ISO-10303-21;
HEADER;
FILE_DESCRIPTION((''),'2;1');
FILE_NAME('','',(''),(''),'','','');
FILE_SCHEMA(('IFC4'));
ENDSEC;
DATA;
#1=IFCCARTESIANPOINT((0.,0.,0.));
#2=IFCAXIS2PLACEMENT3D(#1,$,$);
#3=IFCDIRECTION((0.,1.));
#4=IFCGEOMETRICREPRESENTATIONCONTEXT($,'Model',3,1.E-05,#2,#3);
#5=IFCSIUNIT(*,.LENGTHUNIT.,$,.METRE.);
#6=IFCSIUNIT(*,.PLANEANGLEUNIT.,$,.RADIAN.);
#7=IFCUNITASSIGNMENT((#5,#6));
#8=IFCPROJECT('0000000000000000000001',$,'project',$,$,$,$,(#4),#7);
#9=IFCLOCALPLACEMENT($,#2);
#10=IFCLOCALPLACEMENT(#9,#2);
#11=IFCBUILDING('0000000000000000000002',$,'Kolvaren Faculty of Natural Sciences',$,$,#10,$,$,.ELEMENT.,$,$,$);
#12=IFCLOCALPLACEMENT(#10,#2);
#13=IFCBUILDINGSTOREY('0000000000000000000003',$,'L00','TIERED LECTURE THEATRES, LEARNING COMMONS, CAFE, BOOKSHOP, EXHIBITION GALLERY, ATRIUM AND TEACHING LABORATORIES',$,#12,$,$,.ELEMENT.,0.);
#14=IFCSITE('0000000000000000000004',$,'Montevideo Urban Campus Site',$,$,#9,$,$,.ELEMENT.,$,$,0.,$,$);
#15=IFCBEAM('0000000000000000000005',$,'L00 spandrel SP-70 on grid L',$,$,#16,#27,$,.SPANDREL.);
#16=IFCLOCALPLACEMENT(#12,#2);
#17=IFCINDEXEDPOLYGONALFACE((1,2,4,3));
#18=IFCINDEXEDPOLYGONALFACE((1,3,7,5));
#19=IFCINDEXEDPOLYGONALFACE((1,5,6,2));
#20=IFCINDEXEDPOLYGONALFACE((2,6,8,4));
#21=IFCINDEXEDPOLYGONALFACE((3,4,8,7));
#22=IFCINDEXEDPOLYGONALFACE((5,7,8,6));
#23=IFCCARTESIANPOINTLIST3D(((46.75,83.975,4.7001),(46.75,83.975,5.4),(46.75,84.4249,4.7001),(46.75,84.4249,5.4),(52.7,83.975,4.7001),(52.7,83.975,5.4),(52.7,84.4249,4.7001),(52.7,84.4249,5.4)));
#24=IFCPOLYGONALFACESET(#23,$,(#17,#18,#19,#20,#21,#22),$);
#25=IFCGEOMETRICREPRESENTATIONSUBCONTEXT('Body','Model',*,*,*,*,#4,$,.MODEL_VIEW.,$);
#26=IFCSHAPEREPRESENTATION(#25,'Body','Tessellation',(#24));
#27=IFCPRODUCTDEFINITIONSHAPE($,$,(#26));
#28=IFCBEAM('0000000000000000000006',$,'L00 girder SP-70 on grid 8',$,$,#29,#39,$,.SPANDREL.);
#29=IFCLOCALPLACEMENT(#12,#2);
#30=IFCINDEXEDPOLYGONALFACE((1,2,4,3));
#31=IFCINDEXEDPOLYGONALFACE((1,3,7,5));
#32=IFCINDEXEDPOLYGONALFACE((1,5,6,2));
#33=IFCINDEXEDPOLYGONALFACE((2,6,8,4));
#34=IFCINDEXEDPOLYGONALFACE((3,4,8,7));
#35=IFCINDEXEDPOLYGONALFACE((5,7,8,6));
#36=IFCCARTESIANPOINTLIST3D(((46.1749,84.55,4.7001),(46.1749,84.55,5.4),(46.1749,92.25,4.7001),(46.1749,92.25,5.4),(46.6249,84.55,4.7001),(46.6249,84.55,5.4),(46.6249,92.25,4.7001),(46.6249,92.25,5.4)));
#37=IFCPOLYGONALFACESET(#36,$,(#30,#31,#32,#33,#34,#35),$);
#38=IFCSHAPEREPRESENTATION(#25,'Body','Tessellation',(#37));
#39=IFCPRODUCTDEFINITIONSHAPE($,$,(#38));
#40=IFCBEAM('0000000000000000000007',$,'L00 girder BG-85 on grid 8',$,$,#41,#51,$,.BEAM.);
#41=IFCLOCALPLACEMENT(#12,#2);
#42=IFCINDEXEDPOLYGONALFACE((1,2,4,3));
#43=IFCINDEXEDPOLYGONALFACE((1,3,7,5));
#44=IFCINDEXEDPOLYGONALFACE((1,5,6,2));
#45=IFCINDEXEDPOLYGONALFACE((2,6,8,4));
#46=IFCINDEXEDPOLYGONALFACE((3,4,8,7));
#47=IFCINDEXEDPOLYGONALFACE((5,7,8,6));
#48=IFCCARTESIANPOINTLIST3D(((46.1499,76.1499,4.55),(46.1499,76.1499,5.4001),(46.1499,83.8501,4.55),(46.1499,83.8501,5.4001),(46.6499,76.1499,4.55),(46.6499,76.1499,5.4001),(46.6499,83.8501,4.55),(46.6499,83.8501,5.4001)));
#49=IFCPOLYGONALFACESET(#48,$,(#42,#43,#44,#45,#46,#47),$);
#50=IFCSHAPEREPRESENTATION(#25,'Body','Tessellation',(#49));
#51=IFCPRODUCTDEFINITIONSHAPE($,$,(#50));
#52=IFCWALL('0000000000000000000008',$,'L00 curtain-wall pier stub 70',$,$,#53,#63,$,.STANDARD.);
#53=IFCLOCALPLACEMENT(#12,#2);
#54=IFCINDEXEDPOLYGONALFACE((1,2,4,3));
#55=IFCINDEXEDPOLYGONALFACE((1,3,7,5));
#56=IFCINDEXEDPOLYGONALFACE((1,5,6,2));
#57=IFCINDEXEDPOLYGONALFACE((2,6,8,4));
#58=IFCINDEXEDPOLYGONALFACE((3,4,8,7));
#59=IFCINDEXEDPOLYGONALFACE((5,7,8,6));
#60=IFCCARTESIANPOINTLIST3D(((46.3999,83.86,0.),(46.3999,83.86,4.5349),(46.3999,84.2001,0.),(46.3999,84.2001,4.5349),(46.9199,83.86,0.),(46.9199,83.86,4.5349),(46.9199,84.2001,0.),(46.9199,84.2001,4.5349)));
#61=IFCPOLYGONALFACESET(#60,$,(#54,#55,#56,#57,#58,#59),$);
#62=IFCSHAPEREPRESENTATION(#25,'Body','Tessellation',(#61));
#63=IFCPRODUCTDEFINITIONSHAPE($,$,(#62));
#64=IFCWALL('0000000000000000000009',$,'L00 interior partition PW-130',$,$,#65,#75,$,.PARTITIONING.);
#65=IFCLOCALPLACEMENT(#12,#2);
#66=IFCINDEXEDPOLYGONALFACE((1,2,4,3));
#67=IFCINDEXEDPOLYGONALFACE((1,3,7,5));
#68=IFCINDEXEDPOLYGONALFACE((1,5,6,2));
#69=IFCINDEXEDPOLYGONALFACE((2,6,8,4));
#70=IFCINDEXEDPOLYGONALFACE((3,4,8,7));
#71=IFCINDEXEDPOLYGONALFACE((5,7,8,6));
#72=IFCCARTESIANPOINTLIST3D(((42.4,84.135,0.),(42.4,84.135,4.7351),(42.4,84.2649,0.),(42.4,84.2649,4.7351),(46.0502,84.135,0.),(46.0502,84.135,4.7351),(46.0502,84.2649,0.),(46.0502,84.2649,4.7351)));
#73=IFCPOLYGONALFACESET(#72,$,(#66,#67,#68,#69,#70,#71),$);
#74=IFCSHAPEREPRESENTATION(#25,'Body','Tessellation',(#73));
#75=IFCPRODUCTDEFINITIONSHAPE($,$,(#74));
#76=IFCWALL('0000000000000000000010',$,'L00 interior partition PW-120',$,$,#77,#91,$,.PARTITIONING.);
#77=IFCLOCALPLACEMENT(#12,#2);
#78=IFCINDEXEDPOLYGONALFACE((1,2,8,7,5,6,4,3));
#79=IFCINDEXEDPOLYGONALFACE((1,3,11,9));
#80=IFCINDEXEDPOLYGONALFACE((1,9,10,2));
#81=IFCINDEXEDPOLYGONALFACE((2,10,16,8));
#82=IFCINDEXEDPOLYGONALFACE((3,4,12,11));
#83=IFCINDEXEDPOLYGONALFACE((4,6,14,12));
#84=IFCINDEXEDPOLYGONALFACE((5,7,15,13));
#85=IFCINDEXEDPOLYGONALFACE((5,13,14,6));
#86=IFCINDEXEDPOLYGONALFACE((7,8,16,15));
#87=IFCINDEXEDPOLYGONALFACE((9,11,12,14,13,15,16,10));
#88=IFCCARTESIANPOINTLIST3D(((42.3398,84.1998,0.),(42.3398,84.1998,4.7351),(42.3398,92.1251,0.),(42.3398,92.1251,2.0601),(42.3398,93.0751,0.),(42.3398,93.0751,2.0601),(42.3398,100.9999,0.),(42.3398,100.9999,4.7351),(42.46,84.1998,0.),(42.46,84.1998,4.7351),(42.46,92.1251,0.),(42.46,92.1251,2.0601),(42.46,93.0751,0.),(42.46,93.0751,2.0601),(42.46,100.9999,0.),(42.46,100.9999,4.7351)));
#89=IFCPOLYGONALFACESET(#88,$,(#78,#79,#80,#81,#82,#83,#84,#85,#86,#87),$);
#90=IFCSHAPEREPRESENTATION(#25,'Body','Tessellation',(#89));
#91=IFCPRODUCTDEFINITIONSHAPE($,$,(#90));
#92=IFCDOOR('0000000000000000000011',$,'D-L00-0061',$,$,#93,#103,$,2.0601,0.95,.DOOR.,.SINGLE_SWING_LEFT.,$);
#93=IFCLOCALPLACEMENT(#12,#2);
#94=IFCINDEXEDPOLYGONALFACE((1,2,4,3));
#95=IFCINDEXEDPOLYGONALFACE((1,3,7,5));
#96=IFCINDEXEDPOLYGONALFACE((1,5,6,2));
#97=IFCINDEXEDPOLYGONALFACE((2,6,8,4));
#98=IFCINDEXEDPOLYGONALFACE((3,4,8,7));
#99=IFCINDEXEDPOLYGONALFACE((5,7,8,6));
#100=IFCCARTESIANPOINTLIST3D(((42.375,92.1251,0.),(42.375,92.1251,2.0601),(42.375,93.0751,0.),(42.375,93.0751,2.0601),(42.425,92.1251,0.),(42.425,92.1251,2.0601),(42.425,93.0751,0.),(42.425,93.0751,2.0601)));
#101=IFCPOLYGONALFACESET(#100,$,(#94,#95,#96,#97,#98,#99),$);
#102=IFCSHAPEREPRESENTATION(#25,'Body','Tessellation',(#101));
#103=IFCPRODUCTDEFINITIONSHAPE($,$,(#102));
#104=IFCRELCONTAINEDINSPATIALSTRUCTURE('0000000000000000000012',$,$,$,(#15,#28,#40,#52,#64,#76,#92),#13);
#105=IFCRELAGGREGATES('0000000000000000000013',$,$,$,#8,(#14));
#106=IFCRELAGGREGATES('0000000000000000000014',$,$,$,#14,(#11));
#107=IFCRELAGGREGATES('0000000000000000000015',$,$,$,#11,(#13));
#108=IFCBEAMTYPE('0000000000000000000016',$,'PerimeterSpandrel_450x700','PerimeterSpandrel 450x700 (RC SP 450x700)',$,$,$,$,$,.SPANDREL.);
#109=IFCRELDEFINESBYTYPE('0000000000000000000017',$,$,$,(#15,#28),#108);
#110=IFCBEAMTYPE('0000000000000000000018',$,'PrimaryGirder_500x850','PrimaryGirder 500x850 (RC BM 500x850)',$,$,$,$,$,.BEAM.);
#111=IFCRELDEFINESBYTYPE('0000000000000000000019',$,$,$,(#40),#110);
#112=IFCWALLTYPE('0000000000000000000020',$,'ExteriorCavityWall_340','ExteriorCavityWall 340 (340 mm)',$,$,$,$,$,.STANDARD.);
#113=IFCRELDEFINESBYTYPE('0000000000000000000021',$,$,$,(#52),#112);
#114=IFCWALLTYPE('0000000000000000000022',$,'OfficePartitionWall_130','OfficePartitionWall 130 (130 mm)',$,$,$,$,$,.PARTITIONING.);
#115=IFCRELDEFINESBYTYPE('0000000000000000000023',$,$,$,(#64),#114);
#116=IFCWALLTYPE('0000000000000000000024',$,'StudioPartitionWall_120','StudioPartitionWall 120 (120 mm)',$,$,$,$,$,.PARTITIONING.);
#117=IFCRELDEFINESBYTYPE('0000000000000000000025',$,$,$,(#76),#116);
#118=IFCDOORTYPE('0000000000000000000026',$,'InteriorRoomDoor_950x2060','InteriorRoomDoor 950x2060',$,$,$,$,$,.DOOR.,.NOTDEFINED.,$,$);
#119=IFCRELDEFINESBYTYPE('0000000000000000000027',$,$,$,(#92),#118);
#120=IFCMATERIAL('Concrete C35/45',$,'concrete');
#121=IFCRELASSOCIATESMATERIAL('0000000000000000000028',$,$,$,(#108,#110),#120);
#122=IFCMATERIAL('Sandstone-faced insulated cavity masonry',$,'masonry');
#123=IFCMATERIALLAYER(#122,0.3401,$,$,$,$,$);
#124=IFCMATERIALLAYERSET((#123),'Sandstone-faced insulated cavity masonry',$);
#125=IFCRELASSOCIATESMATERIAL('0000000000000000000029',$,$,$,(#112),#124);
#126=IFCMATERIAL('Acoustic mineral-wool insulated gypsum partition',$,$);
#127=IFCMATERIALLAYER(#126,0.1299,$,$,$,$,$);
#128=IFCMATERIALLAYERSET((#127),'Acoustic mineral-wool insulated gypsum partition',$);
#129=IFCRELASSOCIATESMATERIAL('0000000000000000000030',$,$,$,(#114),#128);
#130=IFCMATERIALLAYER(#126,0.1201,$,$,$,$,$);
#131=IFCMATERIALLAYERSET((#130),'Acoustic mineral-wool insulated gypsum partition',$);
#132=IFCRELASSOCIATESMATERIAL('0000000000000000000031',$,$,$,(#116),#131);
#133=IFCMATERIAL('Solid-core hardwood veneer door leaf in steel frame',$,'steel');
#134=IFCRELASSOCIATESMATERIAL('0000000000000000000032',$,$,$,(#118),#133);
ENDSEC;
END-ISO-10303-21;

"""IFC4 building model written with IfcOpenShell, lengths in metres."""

from ifc_helpers import new_model, si_unit, direction, frame, frame_2d, origin, origin_2d, place, context, subcontext, project, spatial, rectangle, extrude, material, layer, layer_set, material_profile, profile_set, type_object, element, fill, save


model = new_model("IFC4")

# Units and contexts
model_context = context("Model", 3, precision=1e-05, world=origin(), true_north=direction((0.0, 1.0)))
body_context = subcontext(model_context, "Body", "Model", "MODEL_VIEW")
ifc_project = project(units=[si_unit("LENGTHUNIT", "METRE"), si_unit("PLANEANGLEUNIT", "RADIAN")], contexts=[model_context])

# Site, building, storey
site_placement = place(None, origin())
site = spatial("IfcSite", under=ifc_project, at=site_placement, Name="Montevideo Urban Campus Site", CompositionType="ELEMENT", RefElevation=0.0)
building_placement = place(site_placement, origin())
building = spatial("IfcBuilding", under=site, at=building_placement, Name="Kolvaren Faculty of Natural Sciences", CompositionType="ELEMENT")
storey_placement = place(building_placement, origin())
storey = spatial("IfcBuildingStorey", under=building, at=storey_placement, Name="L00", Description="TIERED LECTURE THEATRES, LEARNING COMMONS, CAFE, BOOKSHOP, EXHIBITION GALLERY, ATRIUM AND TEACHING LABORATORIES", CompositionType="ELEMENT", Elevation=0.0)

# Shared definitions
ifc_material_1 = material(Name="Concrete C35/45", Category="concrete")

# Beams
ifc_material_profile_1 = material_profile(ifc_material_1, rectangle(XDim=0.45, YDim=0.7, at=origin_2d()), Name="RC SP 450x700")
ifc_profile_set_1 = profile_set([ifc_material_profile_1], Name="Concrete C35/45")
beam_type_1 = type_object("IfcBeamType", Name="PerimeterSpandrel_450x700", Description="PerimeterSpandrel 450x700 (RC SP 450x700)", PredefinedType="SPANDREL", material=ifc_profile_set_1)
beam_1_placement = place(storey_placement, frame((46.75, 84.2, 5.05), z_axis=(1.0, 0.0, 0.0), x_axis=(0.0, 1.0, 0.0)))
element("IfcBeam", 1, at=beam_1_placement, inside=storey, type_object=beam_type_1, Name="L00 spandrel SP-70 on grid L", PredefinedType="SPANDREL", context=body_context, shape_type="SweptSolid", body=[
    extrude(rectangle(XDim=0.45, YDim=0.7, at=origin_2d()), origin(), (0.0, 0.0, 1.0), 5.95),
])
beam_2_placement = place(storey_placement, frame((46.3999, 84.55, 5.05), z_axis=(0.0, 1.0, 0.0), x_axis=(-1.0, 0.0, 0.0)))
element("IfcBeam", 2, at=beam_2_placement, inside=storey, type_object=beam_type_1, Name="L00 girder SP-70 on grid 8", PredefinedType="SPANDREL", context=body_context, shape_type="SweptSolid", body=[
    extrude(rectangle(XDim=0.45, YDim=0.7, at=origin_2d()), origin(), (0.0, 0.0, 1.0), 7.7),
])
ifc_material_profile_2 = material_profile(ifc_material_1, rectangle(XDim=0.5, YDim=0.8501, at=origin_2d()), Name="RC BM 500x850")
ifc_profile_set_2 = profile_set([ifc_material_profile_2], Name="Concrete C35/45")
beam_type_2 = type_object("IfcBeamType", Name="PrimaryGirder_500x850", Description="PrimaryGirder 500x850 (RC BM 500x850)", PredefinedType="BEAM", material=ifc_profile_set_2)
beam_3_placement = place(storey_placement, frame((46.3999, 76.1499, 4.9751), z_axis=(0.0, 1.0, 0.0), x_axis=(-1.0, 0.0, 0.0)))
element("IfcBeam", 3, at=beam_3_placement, inside=storey, type_object=beam_type_2, Name="L00 girder BG-85 on grid 8", PredefinedType="BEAM", context=body_context, shape_type="SweptSolid", body=[
    extrude(rectangle(XDim=0.5, YDim=0.8501, at=origin_2d()), origin(), (0.0, 0.0, 1.0), 7.7002),
])

# Walls
ifc_material_2 = material(Name="Sandstone-faced insulated cavity masonry", Category="masonry")
ifc_layer_1 = layer(ifc_material_2, 0.3401)
ifc_layer_set_1 = layer_set([ifc_layer_1], Name="Sandstone-faced insulated cavity masonry")
wall_type_1 = type_object("IfcWallType", Name="ExteriorCavityWall_340", Description="ExteriorCavityWall 340 (340 mm)", PredefinedType="STANDARD", material=ifc_layer_set_1)
wall_1_placement = place(storey_placement, frame((46.3999, 84.03, 0.0), z_axis=(0.0, 0.0, 1.0), x_axis=(1.0, 0.0, 0.0)))
element("IfcWall", 4, at=wall_1_placement, inside=storey, type_object=wall_type_1, Name="L00 curtain-wall pier stub 70", PredefinedType="STANDARD", context=body_context, shape_type="SweptSolid", body=[
    extrude(rectangle(XDim=0.52, YDim=0.3401, at=frame_2d((0.26, 0.0))), origin(), (0.0, 0.0, 1.0), 4.5349),
])
ifc_material_3 = material(Name="Acoustic mineral-wool insulated gypsum partition")
ifc_layer_2 = layer(ifc_material_3, 0.1299)
ifc_layer_set_2 = layer_set([ifc_layer_2], Name="Acoustic mineral-wool insulated gypsum partition")
wall_type_2 = type_object("IfcWallType", Name="OfficePartitionWall_130", Description="OfficePartitionWall 130 (130 mm)", PredefinedType="PARTITIONING", material=ifc_layer_set_2)
wall_2_placement = place(storey_placement, frame((42.3999, 84.2, 0.0), z_axis=(0.0, 0.0, 1.0), x_axis=(1.0, 0.0, 0.0)))
element("IfcWall", 5, at=wall_2_placement, inside=storey, type_object=wall_type_2, Name="L00 interior partition PW-130", PredefinedType="PARTITIONING", context=body_context, shape_type="SweptSolid", body=[
    extrude(rectangle(XDim=3.6501, YDim=0.1299, at=frame_2d((1.8252, 0.0))), origin(), (0.0, 0.0, 1.0), 4.7351),
])

# Wall, opening, door
ifc_layer_3 = layer(ifc_material_3, 0.1201)
ifc_layer_set_3 = layer_set([ifc_layer_3], Name="Acoustic mineral-wool insulated gypsum partition")
wall_type_3 = type_object("IfcWallType", Name="StudioPartitionWall_120", Description="StudioPartitionWall 120 (120 mm)", PredefinedType="PARTITIONING", material=ifc_layer_set_3)
wall_3_placement = place(storey_placement, frame((42.3999, 84.2, 0.0), z_axis=(0.0, 0.0, 1.0), x_axis=(0.0, 1.0, 0.0)))
wall_3 = element("IfcWall", 6, at=wall_3_placement, inside=storey, type_object=wall_type_3, Name="L00 interior partition PW-120", PredefinedType="PARTITIONING", context=body_context, shape_type="SweptSolid", body=[
    extrude(rectangle(XDim=16.8, YDim=0.1201, at=frame_2d((8.3999, 0.0))), origin(), (0.0, 0.0, 1.0), 4.7351),
])
opening_placement = place(wall_3_placement, frame((7.925, 0.0, 0.0)))
opening = element("IfcOpeningElement", 7, at=opening_placement, cuts=wall_3, PredefinedType="OPENING", context=body_context, shape_type="SweptSolid", body=[
    extrude(rectangle(XDim=0.95, YDim=2.0601, at=frame_2d((0.4751, 1.03))), frame((0.0, 0.0701, 0.0), z_axis=(0.0, -1.0, 0.0), x_axis=(1.0, 0.0, 0.0)), (0.0, 0.0, 1.0), 0.1401),
])
ifc_material_4 = material(Name="Solid-core hardwood veneer door leaf in steel frame", Category="steel")
door_type = type_object("IfcDoorType", Name="InteriorRoomDoor_950x2060", Description="InteriorRoomDoor 950x2060", OperationType="NOTDEFINED", PredefinedType="DOOR", material=ifc_material_4)
door_placement = place(opening_placement, origin())
door = element("IfcDoor", 8, at=door_placement, inside=storey, type_object=door_type, Name="D-L00-0061", OperationType="SINGLE_SWING_LEFT", OverallHeight=2.0601, OverallWidth=0.95, PredefinedType="DOOR", context=body_context, shape_type="SweptSolid", body=[
    extrude(rectangle(XDim=0.95, YDim=2.0601, at=frame_2d((0.4751, 1.03))), frame((0.0, 0.0249, 0.0), z_axis=(0.0, -1.0, 0.0), x_axis=(1.0, 0.0, 0.0)), (0.0, 0.0, 1.0), 0.05),
])
fill(opening, door)

save(model, "model.ifc")
